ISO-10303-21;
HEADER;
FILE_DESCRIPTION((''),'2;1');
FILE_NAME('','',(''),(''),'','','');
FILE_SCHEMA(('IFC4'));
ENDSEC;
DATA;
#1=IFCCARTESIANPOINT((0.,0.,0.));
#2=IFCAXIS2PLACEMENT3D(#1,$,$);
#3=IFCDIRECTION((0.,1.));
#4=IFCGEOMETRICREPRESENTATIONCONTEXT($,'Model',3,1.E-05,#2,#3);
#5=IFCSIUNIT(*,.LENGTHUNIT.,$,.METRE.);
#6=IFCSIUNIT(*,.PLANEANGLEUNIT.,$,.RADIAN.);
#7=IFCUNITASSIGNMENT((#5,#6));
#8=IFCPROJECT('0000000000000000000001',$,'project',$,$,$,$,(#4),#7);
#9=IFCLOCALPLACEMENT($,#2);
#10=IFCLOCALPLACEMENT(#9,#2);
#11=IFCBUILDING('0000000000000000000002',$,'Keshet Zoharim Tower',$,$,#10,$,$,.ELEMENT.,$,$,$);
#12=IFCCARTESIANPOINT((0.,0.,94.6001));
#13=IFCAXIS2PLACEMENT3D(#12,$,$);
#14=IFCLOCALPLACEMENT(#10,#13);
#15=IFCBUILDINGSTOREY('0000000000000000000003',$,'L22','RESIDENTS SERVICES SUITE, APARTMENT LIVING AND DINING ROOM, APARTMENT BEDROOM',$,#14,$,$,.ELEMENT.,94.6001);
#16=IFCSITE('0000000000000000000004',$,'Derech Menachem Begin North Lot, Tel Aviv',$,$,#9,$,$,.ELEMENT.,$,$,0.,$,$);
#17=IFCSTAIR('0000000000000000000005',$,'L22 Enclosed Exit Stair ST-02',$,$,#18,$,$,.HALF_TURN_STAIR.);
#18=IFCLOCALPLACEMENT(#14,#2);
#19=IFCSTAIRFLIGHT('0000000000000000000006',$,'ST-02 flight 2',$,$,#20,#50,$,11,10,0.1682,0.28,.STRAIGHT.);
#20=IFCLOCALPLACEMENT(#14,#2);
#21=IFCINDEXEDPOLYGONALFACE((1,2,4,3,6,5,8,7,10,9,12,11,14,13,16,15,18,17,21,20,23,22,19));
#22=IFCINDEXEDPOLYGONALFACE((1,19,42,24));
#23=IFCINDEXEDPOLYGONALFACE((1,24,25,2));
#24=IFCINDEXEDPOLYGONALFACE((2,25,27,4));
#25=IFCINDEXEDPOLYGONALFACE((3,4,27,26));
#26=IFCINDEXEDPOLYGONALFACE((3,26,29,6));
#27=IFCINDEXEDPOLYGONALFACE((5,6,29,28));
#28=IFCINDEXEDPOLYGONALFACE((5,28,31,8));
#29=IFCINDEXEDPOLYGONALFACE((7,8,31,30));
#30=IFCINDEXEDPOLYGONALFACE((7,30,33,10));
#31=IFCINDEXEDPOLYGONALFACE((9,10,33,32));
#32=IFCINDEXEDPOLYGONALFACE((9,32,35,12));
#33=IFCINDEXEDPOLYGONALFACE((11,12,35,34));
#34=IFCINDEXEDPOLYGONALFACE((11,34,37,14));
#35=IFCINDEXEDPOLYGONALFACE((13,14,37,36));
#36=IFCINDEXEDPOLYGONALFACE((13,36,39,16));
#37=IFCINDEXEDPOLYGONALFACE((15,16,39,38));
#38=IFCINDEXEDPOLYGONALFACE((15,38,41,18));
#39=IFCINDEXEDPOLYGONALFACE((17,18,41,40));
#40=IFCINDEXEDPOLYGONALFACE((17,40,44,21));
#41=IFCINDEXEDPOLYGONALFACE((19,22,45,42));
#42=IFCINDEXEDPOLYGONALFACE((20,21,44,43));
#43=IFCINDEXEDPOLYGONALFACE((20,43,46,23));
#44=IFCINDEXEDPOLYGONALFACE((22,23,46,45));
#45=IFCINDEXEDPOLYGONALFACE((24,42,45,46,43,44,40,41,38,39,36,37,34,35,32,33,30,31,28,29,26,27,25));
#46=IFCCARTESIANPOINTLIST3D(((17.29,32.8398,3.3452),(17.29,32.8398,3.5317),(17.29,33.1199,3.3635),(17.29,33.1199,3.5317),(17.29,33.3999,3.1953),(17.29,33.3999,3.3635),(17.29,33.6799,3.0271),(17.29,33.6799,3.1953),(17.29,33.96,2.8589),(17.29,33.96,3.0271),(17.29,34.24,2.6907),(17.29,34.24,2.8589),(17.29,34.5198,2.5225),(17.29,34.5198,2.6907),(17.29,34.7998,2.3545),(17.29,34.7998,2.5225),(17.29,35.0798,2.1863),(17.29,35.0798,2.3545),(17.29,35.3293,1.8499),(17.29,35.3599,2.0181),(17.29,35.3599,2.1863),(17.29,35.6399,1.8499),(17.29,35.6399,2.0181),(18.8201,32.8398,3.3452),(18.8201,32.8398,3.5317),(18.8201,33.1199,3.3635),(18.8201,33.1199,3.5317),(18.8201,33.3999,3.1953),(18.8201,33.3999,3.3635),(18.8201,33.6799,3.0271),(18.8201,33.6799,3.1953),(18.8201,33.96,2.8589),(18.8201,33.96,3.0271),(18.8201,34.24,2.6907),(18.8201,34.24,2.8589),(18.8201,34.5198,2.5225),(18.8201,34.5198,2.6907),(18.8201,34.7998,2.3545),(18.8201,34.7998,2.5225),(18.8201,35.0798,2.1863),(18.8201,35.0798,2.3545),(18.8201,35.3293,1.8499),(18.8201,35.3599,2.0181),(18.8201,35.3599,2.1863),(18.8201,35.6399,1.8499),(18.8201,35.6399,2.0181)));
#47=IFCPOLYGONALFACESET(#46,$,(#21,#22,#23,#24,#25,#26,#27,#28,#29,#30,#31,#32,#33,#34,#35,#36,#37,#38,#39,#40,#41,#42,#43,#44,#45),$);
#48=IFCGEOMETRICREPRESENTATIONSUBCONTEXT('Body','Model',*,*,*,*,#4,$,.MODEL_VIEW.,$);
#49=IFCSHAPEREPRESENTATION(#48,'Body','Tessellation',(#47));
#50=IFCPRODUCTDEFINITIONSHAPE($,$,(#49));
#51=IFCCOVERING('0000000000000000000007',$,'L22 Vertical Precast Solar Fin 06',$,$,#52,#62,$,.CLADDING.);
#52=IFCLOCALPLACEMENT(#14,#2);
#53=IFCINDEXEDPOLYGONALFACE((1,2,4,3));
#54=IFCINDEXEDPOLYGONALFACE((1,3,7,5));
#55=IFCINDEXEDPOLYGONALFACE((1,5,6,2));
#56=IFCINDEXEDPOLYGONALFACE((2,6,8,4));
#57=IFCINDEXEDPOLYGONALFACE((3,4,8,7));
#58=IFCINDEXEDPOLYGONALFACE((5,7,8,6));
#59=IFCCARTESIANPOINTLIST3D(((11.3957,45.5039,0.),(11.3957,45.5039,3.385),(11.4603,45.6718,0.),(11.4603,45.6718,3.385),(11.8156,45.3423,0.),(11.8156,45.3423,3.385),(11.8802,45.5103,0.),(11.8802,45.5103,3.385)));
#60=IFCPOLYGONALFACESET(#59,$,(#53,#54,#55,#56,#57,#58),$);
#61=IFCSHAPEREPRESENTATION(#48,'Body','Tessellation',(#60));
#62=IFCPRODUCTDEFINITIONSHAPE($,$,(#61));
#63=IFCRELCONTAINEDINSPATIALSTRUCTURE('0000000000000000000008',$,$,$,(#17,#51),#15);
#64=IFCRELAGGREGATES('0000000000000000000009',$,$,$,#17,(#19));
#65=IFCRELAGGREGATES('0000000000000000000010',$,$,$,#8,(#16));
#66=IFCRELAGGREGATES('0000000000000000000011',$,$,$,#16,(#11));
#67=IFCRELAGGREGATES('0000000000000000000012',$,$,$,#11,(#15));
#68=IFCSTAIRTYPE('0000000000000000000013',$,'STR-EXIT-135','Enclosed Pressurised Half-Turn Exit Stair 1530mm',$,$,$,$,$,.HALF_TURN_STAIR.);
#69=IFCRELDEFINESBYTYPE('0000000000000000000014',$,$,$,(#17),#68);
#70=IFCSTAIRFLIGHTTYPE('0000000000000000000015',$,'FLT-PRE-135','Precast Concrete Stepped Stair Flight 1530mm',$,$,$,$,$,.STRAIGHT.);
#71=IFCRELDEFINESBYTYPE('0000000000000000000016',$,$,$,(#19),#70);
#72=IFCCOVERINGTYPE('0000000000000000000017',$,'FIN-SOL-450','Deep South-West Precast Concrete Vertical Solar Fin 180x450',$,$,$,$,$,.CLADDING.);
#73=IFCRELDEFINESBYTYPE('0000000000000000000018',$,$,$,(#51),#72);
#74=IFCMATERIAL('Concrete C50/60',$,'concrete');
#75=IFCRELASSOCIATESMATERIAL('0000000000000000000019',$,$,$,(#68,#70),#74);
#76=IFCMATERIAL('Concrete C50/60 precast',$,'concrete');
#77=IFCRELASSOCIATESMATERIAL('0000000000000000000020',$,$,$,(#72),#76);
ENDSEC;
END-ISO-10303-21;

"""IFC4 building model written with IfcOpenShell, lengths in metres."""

from ifc_helpers import new_model, si_unit, direction, frame, origin, origin_2d, place, context, subcontext, project, spatial, polyline, rectangle, outline, extrude, material, type_object, element, aggregate, save


model = new_model("IFC4")

# Units and contexts
model_context = context("Model", 3, precision=1e-05, world=origin(), true_north=direction((0.0, 1.0)))
body_context = subcontext(model_context, "Body", "Model", "MODEL_VIEW")
ifc_project = project(units=[si_unit("LENGTHUNIT", "METRE"), si_unit("PLANEANGLEUNIT", "RADIAN")], contexts=[model_context])

# Site, building, storey
site_placement = place(None, origin())
site = spatial("IfcSite", under=ifc_project, at=site_placement, Name="Derech Menachem Begin North Lot, Tel Aviv", CompositionType="ELEMENT", RefElevation=0.0)
building_placement = place(site_placement, origin())
building = spatial("IfcBuilding", under=site, at=building_placement, Name="Keshet Zoharim Tower", CompositionType="ELEMENT")
storey_placement = place(building_placement, frame((0.0, 0.0, 94.6001)))
storey = spatial("IfcBuildingStorey", under=building, at=storey_placement, Name="L22", Description="RESIDENTS SERVICES SUITE, APARTMENT LIVING AND DINING ROOM, APARTMENT BEDROOM", CompositionType="ELEMENT", Elevation=94.6001)

# Stair, stair flight
ifc_material_1 = material(Name="Concrete C50/60", Category="concrete")
stair_type = type_object("IfcStairType", Name="STR-EXIT-135", Description="Enclosed Pressurised Half-Turn Exit Stair 1530mm", PredefinedType="HALF_TURN_STAIR", material=ifc_material_1)
stair_placement = place(storey_placement, origin())
stair = element("IfcStair", 1, at=stair_placement, inside=storey, type_object=stair_type, Name="L22 Enclosed Exit Stair ST-02", PredefinedType="HALF_TURN_STAIR")
stair_flight_type = type_object("IfcStairFlightType", Name="FLT-PRE-135", Description="Precast Concrete Stepped Stair Flight 1530mm", PredefinedType="STRAIGHT", material=ifc_material_1)
stair_flight_placement = place(storey_placement, frame((18.0549, 35.6399, 1.8499), z_axis=(0.0, 0.0, 1.0), x_axis=(0.0, -1.0, 0.0)))
stair_flight = element("IfcStairFlight", 2, at=stair_flight_placement, type_object=stair_flight_type, Name="ST-02 flight 2", NumberOfRisers=11, NumberOfTreads=10, PredefinedType="STRAIGHT", RiserHeight=0.1682, TreadLength=0.28, context=body_context, shape_type="SweptSolid", body=[
    extrude(outline(polyline([(0.0, 0.0), (0.0, 0.1682), (0.28, 0.1682), (0.28, 0.3364), (0.5601, 0.3364), (0.5601, 0.5046), (0.8401, 0.5046), (0.8401, 0.6726), (1.1201, 0.6726), (1.1201, 0.8408), (1.3999, 0.8408), (1.3999, 1.009), (1.6799, 1.009), (1.6799, 1.1772), (1.96, 1.1772), (1.96, 1.3455), (2.24, 1.3455), (2.24, 1.5137), (2.52, 1.5137), (2.52, 1.6819), (2.8, 1.6819), (2.8, 1.8501), (2.8, 1.4954), (0.3105, 0.0), (0.0, 0.0)])), frame((0.0, 0.7651, 0.0), z_axis=(0.0, -1.0, 0.0), x_axis=(1.0, 0.0, 0.0)), (0.0, 0.0, 1.0), 1.53),
])
aggregate(stair, [stair_flight])

# Covering
ifc_material_2 = material(Name="Concrete C50/60 precast", Category="concrete")
covering_type = type_object("IfcCoveringType", Name="FIN-SOL-450", Description="Deep South-West Precast Concrete Vertical Solar Fin 180x450", PredefinedType="CLADDING", material=ifc_material_2)
covering_placement = place(storey_placement, frame((11.6379, 45.5071, 0.0), z_axis=(0.0, 0.0, 1.0), x_axis=(0.35899, 0.933341, 0.0)))
element("IfcCovering", 3, at=covering_placement, inside=storey, type_object=covering_type, Name="L22 Vertical Precast Solar Fin 06", PredefinedType="CLADDING", context=body_context, shape_type="SweptSolid", body=[
    extrude(rectangle(XDim=0.1799, YDim=0.45, at=origin_2d()), origin(), (0.0, 0.0, 1.0), 3.385),
])

save(model, "model.ifc")
